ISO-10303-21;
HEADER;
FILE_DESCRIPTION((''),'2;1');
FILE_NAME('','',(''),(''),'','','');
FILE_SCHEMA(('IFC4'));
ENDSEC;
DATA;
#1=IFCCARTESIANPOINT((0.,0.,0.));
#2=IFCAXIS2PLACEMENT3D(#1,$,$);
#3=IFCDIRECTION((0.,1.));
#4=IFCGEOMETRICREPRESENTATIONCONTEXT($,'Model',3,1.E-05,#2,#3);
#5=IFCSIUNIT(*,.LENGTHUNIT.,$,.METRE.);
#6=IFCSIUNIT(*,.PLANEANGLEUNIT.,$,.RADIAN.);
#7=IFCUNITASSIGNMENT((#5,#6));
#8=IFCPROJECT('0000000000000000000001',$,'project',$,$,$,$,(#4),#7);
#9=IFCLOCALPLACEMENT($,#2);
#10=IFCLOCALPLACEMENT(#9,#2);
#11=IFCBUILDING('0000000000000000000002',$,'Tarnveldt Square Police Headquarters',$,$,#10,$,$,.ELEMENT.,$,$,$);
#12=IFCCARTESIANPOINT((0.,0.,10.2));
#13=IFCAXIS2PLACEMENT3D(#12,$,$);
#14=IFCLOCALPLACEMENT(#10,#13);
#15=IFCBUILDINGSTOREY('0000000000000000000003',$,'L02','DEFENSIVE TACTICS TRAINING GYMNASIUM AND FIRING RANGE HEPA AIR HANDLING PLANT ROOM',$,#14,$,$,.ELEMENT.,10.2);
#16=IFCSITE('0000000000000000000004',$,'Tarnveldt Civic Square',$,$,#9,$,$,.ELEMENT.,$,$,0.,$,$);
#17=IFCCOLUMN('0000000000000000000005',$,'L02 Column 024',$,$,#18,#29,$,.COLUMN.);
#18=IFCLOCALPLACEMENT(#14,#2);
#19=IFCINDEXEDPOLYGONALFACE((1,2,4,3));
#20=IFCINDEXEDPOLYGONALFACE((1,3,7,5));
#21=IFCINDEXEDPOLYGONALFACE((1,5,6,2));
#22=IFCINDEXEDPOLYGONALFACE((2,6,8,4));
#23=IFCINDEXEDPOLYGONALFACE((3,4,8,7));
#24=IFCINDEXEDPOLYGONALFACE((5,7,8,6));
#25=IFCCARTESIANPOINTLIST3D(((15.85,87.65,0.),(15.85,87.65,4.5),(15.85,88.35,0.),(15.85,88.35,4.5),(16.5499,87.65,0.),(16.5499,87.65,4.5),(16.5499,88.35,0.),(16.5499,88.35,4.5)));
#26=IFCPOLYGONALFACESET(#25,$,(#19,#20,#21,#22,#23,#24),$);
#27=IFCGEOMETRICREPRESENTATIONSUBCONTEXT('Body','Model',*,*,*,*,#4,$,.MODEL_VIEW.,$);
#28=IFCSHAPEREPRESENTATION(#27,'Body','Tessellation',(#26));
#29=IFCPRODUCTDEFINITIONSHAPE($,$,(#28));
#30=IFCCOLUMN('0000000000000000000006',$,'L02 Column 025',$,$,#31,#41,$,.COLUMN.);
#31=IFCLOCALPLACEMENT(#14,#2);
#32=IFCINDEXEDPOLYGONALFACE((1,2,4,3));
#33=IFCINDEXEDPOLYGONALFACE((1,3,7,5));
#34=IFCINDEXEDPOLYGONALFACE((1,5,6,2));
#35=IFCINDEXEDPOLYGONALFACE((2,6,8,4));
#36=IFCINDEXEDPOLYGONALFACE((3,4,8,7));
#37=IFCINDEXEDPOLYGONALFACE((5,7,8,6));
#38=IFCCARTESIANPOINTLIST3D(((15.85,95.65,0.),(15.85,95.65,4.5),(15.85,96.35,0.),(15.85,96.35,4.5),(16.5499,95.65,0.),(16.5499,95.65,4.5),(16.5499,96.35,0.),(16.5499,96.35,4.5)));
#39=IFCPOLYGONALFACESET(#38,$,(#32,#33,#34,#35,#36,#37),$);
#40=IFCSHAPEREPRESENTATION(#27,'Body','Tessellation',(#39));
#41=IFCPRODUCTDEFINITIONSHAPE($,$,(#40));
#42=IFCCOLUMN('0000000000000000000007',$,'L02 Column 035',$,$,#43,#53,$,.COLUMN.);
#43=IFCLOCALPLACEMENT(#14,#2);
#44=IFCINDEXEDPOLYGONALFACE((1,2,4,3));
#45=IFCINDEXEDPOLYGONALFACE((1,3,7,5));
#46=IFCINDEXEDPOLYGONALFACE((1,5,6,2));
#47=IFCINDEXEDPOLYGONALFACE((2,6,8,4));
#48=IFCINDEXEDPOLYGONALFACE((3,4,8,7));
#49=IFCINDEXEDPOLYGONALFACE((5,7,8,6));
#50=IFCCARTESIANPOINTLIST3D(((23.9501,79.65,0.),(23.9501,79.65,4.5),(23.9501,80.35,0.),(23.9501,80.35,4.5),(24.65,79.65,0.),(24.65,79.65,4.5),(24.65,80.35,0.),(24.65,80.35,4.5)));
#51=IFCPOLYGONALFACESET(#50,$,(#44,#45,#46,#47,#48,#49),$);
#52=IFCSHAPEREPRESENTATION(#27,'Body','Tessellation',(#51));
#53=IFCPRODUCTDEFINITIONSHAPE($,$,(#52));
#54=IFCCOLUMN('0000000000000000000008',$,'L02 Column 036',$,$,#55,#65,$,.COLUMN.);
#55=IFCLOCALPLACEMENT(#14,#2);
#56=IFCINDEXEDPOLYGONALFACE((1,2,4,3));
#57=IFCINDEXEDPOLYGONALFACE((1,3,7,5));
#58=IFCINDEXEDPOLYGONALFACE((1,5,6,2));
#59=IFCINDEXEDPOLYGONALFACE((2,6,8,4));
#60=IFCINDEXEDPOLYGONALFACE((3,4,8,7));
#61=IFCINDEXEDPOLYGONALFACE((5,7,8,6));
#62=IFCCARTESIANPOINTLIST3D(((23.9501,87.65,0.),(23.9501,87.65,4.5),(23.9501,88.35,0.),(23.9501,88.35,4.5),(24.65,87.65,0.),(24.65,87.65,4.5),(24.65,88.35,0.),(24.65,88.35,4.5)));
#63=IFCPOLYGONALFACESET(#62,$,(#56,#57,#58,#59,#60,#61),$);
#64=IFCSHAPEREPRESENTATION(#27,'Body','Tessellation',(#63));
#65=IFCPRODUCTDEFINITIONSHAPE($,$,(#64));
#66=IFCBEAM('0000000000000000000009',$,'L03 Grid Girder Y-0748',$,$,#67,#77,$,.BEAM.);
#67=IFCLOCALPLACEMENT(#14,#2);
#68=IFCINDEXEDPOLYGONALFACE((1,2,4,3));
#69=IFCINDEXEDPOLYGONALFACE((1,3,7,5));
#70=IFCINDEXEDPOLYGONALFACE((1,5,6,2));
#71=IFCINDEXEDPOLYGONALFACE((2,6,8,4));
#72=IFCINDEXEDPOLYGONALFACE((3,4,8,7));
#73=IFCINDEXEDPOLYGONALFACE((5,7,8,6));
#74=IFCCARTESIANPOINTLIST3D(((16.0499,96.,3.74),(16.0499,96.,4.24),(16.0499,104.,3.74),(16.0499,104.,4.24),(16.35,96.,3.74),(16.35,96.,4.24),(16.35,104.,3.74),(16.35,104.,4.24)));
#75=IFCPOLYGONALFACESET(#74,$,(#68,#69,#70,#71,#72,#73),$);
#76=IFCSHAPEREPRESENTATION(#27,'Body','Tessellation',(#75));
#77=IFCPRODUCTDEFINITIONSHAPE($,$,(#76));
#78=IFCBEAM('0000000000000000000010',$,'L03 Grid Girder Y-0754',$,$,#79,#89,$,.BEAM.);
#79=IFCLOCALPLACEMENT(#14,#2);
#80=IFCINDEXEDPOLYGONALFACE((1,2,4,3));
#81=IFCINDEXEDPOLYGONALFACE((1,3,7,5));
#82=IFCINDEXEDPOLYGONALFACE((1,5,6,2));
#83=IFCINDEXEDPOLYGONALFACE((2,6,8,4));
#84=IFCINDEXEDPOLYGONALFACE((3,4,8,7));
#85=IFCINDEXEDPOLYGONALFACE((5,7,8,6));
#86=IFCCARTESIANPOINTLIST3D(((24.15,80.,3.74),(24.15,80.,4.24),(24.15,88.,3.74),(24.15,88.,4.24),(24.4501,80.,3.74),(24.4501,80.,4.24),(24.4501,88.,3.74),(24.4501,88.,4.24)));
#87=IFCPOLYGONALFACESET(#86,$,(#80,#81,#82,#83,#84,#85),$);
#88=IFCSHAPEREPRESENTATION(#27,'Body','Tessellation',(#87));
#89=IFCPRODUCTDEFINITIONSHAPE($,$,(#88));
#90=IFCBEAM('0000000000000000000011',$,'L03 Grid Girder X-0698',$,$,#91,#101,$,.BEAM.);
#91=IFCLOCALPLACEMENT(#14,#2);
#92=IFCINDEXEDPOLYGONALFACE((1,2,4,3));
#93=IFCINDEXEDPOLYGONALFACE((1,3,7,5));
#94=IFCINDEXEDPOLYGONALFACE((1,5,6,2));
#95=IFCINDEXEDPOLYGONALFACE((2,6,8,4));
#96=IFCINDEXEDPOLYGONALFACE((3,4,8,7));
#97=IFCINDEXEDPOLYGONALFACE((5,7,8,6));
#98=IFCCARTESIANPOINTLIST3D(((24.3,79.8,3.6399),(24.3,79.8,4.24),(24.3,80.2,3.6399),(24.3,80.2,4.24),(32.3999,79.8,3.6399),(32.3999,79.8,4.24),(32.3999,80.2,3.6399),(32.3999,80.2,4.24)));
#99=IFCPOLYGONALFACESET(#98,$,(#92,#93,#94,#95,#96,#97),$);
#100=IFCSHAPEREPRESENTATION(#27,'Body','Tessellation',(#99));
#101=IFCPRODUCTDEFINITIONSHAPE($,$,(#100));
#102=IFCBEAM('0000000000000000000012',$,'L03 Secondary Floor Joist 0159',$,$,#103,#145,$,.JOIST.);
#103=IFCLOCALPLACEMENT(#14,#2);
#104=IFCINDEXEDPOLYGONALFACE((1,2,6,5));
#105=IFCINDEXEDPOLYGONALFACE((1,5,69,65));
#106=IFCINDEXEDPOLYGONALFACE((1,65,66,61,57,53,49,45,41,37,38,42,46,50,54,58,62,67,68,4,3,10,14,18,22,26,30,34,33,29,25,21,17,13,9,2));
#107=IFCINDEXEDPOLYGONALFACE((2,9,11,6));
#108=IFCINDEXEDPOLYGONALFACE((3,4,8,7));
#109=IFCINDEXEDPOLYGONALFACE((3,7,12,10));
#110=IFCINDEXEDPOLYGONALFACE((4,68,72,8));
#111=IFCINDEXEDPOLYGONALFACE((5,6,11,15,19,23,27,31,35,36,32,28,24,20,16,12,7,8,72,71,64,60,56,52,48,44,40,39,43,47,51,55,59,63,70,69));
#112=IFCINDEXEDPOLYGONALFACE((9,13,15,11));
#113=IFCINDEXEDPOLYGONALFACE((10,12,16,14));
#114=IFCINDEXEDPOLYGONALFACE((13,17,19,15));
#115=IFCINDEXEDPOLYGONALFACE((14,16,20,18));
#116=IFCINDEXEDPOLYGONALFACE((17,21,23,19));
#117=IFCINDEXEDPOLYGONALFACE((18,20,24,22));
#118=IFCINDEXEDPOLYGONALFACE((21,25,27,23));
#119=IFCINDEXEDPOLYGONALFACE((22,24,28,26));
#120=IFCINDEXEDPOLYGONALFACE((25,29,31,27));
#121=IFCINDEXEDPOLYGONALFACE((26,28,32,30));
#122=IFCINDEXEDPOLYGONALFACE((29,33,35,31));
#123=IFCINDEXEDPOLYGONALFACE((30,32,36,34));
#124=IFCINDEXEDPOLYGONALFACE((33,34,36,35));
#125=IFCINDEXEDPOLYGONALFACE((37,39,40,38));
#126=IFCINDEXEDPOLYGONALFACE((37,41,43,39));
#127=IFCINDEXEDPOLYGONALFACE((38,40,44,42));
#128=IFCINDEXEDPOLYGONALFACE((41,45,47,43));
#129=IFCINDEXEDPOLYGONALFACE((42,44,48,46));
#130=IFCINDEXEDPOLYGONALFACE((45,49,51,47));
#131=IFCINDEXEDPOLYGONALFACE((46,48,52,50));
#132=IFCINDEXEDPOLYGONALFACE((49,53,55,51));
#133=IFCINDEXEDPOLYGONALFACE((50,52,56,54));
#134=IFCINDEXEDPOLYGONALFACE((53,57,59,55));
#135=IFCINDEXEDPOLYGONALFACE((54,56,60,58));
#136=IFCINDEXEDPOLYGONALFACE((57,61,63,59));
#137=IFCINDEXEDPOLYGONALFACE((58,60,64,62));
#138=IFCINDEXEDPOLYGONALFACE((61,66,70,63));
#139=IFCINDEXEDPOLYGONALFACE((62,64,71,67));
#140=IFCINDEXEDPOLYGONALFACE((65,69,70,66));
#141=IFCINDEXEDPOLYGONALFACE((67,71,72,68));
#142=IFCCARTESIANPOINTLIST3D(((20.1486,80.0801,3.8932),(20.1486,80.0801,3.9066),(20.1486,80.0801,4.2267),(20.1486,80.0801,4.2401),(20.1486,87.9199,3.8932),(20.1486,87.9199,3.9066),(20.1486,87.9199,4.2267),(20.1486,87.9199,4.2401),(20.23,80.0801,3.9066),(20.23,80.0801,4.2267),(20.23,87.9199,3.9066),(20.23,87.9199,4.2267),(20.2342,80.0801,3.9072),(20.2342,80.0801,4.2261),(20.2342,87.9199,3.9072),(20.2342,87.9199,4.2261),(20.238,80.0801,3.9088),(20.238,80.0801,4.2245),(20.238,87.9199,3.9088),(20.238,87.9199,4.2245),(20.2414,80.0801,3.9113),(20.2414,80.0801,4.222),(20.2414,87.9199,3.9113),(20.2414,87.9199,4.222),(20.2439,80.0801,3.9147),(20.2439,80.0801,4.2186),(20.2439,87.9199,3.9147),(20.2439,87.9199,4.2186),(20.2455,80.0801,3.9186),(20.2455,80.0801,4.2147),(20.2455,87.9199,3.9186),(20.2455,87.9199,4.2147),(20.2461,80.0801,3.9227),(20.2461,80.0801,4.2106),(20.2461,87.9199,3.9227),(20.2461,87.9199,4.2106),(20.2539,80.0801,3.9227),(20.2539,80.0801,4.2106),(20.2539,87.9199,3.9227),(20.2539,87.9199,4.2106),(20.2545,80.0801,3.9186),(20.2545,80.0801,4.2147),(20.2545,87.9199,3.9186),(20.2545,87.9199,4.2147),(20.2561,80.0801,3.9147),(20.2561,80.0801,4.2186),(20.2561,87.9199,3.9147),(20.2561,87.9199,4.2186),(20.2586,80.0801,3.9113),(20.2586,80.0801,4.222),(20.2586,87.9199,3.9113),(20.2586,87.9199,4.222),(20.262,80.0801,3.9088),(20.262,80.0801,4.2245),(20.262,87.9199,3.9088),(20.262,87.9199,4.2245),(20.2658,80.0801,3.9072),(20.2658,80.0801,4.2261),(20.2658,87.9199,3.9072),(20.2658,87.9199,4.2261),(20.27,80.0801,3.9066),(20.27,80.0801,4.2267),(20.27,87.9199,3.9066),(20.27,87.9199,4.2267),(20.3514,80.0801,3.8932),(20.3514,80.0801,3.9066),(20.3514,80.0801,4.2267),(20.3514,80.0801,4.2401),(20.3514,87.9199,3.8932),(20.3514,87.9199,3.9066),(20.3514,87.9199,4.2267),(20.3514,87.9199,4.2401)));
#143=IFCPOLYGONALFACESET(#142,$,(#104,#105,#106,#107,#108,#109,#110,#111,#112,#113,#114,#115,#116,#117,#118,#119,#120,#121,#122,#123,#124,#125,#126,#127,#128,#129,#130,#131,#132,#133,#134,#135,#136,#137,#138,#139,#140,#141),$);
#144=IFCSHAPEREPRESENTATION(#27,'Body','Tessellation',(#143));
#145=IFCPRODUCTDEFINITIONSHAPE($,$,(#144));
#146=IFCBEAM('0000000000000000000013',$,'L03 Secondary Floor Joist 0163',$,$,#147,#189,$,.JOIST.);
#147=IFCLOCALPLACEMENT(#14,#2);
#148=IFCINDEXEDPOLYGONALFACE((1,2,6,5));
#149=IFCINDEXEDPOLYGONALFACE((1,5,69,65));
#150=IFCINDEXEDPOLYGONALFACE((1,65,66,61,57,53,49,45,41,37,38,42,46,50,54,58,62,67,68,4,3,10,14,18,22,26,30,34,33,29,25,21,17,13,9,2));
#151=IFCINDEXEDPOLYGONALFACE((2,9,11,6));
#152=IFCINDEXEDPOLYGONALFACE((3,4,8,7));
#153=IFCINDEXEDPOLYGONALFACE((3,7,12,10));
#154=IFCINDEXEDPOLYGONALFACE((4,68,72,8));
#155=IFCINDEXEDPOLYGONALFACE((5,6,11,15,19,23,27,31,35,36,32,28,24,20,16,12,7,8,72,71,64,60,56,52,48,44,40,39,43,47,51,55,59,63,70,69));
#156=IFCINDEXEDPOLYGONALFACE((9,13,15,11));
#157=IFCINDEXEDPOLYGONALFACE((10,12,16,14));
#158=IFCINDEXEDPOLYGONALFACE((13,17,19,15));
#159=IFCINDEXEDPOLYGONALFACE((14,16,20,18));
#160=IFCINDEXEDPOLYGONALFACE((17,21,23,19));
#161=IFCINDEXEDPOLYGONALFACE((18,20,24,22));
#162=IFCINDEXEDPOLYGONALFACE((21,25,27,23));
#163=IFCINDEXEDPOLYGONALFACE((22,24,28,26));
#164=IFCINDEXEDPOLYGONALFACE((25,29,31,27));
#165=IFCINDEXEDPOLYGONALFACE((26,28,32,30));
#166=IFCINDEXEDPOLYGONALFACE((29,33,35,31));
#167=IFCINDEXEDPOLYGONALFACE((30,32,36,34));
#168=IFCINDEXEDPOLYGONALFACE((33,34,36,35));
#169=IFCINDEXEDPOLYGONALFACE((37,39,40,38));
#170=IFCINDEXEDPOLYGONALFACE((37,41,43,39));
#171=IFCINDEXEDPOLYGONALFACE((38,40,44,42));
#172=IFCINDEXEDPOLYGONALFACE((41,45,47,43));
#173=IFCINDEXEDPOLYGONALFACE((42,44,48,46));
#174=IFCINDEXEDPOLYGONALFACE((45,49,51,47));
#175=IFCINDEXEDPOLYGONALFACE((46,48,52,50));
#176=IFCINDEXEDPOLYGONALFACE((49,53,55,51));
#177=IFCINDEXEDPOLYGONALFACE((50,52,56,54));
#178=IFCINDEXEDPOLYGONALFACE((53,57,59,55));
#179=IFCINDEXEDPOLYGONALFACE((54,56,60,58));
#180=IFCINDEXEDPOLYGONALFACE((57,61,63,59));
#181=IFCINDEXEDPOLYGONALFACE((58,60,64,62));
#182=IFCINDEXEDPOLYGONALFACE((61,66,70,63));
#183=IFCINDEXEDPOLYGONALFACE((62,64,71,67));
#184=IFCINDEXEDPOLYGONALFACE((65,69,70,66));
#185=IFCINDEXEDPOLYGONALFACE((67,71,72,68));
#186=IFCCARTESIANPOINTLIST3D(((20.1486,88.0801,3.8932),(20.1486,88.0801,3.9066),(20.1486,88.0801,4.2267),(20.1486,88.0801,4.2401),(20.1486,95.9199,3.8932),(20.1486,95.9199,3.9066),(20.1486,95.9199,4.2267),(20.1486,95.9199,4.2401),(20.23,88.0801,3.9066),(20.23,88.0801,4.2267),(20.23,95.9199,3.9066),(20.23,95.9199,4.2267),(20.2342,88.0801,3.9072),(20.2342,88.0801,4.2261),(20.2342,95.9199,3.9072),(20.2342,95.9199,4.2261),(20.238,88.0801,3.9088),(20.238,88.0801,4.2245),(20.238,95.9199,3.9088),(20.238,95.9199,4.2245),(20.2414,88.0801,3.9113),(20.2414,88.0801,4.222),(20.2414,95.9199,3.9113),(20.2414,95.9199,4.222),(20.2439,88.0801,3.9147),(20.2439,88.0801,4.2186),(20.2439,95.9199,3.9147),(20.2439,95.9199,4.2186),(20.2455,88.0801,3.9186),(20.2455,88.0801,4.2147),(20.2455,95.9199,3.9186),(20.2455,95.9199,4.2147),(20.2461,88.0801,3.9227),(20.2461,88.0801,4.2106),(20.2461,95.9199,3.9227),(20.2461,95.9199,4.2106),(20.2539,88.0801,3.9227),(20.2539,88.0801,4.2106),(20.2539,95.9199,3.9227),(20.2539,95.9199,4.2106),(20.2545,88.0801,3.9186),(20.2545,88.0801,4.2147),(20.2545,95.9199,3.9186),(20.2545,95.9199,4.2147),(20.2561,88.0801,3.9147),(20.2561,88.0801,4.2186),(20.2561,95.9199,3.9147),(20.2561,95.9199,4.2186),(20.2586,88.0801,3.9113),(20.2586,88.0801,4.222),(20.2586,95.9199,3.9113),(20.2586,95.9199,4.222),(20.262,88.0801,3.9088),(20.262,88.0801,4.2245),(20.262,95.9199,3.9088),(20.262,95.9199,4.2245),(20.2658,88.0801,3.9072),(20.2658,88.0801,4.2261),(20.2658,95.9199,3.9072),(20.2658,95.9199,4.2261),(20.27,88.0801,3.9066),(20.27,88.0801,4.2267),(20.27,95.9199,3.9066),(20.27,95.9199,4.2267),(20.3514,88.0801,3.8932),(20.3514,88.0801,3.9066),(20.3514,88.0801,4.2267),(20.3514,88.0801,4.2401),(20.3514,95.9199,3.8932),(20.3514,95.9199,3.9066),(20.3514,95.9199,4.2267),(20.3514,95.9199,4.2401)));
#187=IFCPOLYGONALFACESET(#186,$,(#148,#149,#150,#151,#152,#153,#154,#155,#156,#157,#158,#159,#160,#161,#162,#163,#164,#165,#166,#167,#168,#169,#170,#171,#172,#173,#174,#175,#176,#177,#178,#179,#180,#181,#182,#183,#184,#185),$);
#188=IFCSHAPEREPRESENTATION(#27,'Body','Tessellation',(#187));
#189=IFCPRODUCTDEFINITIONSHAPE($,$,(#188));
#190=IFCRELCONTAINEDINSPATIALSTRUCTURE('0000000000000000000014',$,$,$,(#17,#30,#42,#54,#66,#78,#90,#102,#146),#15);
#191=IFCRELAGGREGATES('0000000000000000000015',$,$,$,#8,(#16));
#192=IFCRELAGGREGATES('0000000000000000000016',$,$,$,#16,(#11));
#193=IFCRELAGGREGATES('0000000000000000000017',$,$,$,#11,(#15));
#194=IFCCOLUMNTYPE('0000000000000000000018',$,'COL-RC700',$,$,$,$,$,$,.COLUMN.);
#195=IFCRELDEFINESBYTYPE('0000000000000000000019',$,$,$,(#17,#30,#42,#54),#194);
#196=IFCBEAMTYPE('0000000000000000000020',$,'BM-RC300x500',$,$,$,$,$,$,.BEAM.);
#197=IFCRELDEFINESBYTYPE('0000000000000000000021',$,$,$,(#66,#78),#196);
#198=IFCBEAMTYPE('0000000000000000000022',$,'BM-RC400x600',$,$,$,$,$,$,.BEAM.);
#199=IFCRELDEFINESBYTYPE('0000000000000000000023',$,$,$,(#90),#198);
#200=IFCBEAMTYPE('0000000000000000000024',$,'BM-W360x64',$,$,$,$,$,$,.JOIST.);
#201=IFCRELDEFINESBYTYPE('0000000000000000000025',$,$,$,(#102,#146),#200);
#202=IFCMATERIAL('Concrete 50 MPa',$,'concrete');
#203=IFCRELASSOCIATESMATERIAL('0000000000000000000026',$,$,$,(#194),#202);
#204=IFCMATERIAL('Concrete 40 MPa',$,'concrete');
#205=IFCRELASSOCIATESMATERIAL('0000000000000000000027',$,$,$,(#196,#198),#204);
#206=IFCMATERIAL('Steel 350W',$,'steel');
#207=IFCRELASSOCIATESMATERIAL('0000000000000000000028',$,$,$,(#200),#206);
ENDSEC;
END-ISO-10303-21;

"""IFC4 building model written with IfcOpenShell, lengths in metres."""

from ifc_helpers import new_model, si_unit, direction, frame, origin, origin_2d, place, context, subcontext, project, spatial, rectangle, i_section, extrude, material, material_profile, profile_set, type_object, element, save


model = new_model("IFC4")

# Units and contexts
model_context = context("Model", 3, precision=1e-05, world=origin(), true_north=direction((0.0, 1.0)))
body_context = subcontext(model_context, "Body", "Model", "MODEL_VIEW")
ifc_project = project(units=[si_unit("LENGTHUNIT", "METRE"), si_unit("PLANEANGLEUNIT", "RADIAN")], contexts=[model_context])

# Site, building, storey
site_placement = place(None, origin())
site = spatial("IfcSite", under=ifc_project, at=site_placement, Name="Tarnveldt Civic Square", CompositionType="ELEMENT", RefElevation=0.0)
building_placement = place(site_placement, origin())
building = spatial("IfcBuilding", under=site, at=building_placement, Name="Tarnveldt Square Police Headquarters", CompositionType="ELEMENT")
storey_placement = place(building_placement, frame((0.0, 0.0, 10.2)))
storey = spatial("IfcBuildingStorey", under=building, at=storey_placement, Name="L02", Description="DEFENSIVE TACTICS TRAINING GYMNASIUM AND FIRING RANGE HEPA AIR HANDLING PLANT ROOM", CompositionType="ELEMENT", Elevation=10.2)

# Columns
ifc_material_1 = material(Name="Concrete 50 MPa", Category="concrete")
ifc_material_profile_1 = material_profile(ifc_material_1, rectangle(XDim=0.7, YDim=0.7, at=origin_2d()), Name="RC-C700x700")
ifc_profile_set_1 = profile_set([ifc_material_profile_1], Name="Concrete 50 MPa")
column_type = type_object("IfcColumnType", Name="COL-RC700", PredefinedType="COLUMN", material=ifc_profile_set_1)
for number, where, z_axis, x_axis, name in (
    (1, (16.2, 88.0, 0.0), (0.0, 0.0, 1.0), (1.0, 0.0, 0.0), "L02 Column 024"),
    (2, (16.2, 96.0, 0.0), (0.0, 0.0, 1.0), (1.0, 0.0, 0.0), "L02 Column 025"),
    (3, (24.3, 80.0, 0.0), (0.0, 0.0, 1.0), (1.0, 0.0, 0.0), "L02 Column 035"),
    (4, (24.3, 88.0, 0.0), (0.0, 0.0, 1.0), (1.0, 0.0, 0.0), "L02 Column 036"),
):
    element("IfcColumn", number, at=place(storey_placement, frame(where, z_axis=z_axis, x_axis=x_axis)), inside=storey, type_object=column_type, Name=name, PredefinedType="COLUMN", context=body_context, shape_type="SweptSolid", body=[
        extrude(rectangle(XDim=0.7, YDim=0.7, at=origin_2d()), origin(), (0.0, 0.0, 1.0), 4.5),
    ])

# Beams
ifc_material_2 = material(Name="Concrete 40 MPa", Category="concrete")
ifc_material_profile_2 = material_profile(ifc_material_2, rectangle(XDim=0.3, YDim=0.5, at=origin_2d()), Name="RC-B300x500")
ifc_profile_set_2 = profile_set([ifc_material_profile_2], Name="Concrete 40 MPa")
beam_type_1 = type_object("IfcBeamType", Name="BM-RC300x500", PredefinedType="BEAM", material=ifc_profile_set_2)
for number, where, z_axis, x_axis, name in (
    (5, (16.2, 96.0, 3.99), (0.0, 1.0, 0.0), (-1.0, 0.0, 0.0), "L03 Grid Girder Y-0748"),
    (6, (24.3, 80.0, 3.99), (0.0, 1.0, 0.0), (-1.0, 0.0, 0.0), "L03 Grid Girder Y-0754"),
):
    element("IfcBeam", number, at=place(storey_placement, frame(where, z_axis=z_axis, x_axis=x_axis)), inside=storey, type_object=beam_type_1, Name=name, PredefinedType="BEAM", context=body_context, shape_type="SweptSolid", body=[
        extrude(rectangle(XDim=0.3, YDim=0.5, at=origin_2d()), origin(), (0.0, 0.0, 1.0), 8.0),
    ])
ifc_material_profile_3 = material_profile(ifc_material_2, rectangle(XDim=0.3999, YDim=0.6001, at=origin_2d()), Name="RC-B400x600")
ifc_profile_set_3 = profile_set([ifc_material_profile_3], Name="Concrete 40 MPa")
beam_type_2 = type_object("IfcBeamType", Name="BM-RC400x600", PredefinedType="BEAM", material=ifc_profile_set_3)
beam_placement = place(storey_placement, frame((24.3, 80.0, 3.9399), z_axis=(1.0, 0.0, 0.0), x_axis=(0.0, 1.0, 0.0)))
element("IfcBeam", 7, at=beam_placement, inside=storey, type_object=beam_type_2, Name="L03 Grid Girder X-0698", PredefinedType="BEAM", context=body_context, shape_type="SweptSolid", body=[
    extrude(rectangle(XDim=0.3999, YDim=0.6001, at=origin_2d()), origin(), (0.0, 0.0, 1.0), 8.0999),
])
ifc_material_3 = material(Name="Steel 350W", Category="steel")
ifc_material_profile_4 = material_profile(ifc_material_3, i_section(OverallWidth=0.2029, OverallDepth=0.3469, WebThickness=0.0078, FlangeThickness=0.0134, FilletRadius=0.0161, at=origin_2d()), Name="W360x64")
ifc_profile_set_4 = profile_set([ifc_material_profile_4], Name="Steel 350W")
beam_type_3 = type_object("IfcBeamType", Name="BM-W360x64", PredefinedType="JOIST", material=ifc_profile_set_4)
for number, where, z_axis, x_axis, name in (
    (8, (20.25, 80.0801, 4.0667), (0.0, 1.0, 0.0), (-1.0, 0.0, 0.0), "L03 Secondary Floor Joist 0159"),
    (9, (20.25, 88.0801, 4.0667), (0.0, 1.0, 0.0), (-1.0, 0.0, 0.0), "L03 Secondary Floor Joist 0163"),
):
    element("IfcBeam", number, at=place(storey_placement, frame(where, z_axis=z_axis, x_axis=x_axis)), inside=storey, type_object=beam_type_3, Name=name, PredefinedType="JOIST", context=body_context, shape_type="SweptSolid", body=[
        extrude(i_section(OverallWidth=0.2029, OverallDepth=0.3469, WebThickness=0.0078, FlangeThickness=0.0134, FilletRadius=0.0161, at=origin_2d()), origin(), (0.0, 0.0, 1.0), 7.8398),
    ])

save(model, "model.ifc")
